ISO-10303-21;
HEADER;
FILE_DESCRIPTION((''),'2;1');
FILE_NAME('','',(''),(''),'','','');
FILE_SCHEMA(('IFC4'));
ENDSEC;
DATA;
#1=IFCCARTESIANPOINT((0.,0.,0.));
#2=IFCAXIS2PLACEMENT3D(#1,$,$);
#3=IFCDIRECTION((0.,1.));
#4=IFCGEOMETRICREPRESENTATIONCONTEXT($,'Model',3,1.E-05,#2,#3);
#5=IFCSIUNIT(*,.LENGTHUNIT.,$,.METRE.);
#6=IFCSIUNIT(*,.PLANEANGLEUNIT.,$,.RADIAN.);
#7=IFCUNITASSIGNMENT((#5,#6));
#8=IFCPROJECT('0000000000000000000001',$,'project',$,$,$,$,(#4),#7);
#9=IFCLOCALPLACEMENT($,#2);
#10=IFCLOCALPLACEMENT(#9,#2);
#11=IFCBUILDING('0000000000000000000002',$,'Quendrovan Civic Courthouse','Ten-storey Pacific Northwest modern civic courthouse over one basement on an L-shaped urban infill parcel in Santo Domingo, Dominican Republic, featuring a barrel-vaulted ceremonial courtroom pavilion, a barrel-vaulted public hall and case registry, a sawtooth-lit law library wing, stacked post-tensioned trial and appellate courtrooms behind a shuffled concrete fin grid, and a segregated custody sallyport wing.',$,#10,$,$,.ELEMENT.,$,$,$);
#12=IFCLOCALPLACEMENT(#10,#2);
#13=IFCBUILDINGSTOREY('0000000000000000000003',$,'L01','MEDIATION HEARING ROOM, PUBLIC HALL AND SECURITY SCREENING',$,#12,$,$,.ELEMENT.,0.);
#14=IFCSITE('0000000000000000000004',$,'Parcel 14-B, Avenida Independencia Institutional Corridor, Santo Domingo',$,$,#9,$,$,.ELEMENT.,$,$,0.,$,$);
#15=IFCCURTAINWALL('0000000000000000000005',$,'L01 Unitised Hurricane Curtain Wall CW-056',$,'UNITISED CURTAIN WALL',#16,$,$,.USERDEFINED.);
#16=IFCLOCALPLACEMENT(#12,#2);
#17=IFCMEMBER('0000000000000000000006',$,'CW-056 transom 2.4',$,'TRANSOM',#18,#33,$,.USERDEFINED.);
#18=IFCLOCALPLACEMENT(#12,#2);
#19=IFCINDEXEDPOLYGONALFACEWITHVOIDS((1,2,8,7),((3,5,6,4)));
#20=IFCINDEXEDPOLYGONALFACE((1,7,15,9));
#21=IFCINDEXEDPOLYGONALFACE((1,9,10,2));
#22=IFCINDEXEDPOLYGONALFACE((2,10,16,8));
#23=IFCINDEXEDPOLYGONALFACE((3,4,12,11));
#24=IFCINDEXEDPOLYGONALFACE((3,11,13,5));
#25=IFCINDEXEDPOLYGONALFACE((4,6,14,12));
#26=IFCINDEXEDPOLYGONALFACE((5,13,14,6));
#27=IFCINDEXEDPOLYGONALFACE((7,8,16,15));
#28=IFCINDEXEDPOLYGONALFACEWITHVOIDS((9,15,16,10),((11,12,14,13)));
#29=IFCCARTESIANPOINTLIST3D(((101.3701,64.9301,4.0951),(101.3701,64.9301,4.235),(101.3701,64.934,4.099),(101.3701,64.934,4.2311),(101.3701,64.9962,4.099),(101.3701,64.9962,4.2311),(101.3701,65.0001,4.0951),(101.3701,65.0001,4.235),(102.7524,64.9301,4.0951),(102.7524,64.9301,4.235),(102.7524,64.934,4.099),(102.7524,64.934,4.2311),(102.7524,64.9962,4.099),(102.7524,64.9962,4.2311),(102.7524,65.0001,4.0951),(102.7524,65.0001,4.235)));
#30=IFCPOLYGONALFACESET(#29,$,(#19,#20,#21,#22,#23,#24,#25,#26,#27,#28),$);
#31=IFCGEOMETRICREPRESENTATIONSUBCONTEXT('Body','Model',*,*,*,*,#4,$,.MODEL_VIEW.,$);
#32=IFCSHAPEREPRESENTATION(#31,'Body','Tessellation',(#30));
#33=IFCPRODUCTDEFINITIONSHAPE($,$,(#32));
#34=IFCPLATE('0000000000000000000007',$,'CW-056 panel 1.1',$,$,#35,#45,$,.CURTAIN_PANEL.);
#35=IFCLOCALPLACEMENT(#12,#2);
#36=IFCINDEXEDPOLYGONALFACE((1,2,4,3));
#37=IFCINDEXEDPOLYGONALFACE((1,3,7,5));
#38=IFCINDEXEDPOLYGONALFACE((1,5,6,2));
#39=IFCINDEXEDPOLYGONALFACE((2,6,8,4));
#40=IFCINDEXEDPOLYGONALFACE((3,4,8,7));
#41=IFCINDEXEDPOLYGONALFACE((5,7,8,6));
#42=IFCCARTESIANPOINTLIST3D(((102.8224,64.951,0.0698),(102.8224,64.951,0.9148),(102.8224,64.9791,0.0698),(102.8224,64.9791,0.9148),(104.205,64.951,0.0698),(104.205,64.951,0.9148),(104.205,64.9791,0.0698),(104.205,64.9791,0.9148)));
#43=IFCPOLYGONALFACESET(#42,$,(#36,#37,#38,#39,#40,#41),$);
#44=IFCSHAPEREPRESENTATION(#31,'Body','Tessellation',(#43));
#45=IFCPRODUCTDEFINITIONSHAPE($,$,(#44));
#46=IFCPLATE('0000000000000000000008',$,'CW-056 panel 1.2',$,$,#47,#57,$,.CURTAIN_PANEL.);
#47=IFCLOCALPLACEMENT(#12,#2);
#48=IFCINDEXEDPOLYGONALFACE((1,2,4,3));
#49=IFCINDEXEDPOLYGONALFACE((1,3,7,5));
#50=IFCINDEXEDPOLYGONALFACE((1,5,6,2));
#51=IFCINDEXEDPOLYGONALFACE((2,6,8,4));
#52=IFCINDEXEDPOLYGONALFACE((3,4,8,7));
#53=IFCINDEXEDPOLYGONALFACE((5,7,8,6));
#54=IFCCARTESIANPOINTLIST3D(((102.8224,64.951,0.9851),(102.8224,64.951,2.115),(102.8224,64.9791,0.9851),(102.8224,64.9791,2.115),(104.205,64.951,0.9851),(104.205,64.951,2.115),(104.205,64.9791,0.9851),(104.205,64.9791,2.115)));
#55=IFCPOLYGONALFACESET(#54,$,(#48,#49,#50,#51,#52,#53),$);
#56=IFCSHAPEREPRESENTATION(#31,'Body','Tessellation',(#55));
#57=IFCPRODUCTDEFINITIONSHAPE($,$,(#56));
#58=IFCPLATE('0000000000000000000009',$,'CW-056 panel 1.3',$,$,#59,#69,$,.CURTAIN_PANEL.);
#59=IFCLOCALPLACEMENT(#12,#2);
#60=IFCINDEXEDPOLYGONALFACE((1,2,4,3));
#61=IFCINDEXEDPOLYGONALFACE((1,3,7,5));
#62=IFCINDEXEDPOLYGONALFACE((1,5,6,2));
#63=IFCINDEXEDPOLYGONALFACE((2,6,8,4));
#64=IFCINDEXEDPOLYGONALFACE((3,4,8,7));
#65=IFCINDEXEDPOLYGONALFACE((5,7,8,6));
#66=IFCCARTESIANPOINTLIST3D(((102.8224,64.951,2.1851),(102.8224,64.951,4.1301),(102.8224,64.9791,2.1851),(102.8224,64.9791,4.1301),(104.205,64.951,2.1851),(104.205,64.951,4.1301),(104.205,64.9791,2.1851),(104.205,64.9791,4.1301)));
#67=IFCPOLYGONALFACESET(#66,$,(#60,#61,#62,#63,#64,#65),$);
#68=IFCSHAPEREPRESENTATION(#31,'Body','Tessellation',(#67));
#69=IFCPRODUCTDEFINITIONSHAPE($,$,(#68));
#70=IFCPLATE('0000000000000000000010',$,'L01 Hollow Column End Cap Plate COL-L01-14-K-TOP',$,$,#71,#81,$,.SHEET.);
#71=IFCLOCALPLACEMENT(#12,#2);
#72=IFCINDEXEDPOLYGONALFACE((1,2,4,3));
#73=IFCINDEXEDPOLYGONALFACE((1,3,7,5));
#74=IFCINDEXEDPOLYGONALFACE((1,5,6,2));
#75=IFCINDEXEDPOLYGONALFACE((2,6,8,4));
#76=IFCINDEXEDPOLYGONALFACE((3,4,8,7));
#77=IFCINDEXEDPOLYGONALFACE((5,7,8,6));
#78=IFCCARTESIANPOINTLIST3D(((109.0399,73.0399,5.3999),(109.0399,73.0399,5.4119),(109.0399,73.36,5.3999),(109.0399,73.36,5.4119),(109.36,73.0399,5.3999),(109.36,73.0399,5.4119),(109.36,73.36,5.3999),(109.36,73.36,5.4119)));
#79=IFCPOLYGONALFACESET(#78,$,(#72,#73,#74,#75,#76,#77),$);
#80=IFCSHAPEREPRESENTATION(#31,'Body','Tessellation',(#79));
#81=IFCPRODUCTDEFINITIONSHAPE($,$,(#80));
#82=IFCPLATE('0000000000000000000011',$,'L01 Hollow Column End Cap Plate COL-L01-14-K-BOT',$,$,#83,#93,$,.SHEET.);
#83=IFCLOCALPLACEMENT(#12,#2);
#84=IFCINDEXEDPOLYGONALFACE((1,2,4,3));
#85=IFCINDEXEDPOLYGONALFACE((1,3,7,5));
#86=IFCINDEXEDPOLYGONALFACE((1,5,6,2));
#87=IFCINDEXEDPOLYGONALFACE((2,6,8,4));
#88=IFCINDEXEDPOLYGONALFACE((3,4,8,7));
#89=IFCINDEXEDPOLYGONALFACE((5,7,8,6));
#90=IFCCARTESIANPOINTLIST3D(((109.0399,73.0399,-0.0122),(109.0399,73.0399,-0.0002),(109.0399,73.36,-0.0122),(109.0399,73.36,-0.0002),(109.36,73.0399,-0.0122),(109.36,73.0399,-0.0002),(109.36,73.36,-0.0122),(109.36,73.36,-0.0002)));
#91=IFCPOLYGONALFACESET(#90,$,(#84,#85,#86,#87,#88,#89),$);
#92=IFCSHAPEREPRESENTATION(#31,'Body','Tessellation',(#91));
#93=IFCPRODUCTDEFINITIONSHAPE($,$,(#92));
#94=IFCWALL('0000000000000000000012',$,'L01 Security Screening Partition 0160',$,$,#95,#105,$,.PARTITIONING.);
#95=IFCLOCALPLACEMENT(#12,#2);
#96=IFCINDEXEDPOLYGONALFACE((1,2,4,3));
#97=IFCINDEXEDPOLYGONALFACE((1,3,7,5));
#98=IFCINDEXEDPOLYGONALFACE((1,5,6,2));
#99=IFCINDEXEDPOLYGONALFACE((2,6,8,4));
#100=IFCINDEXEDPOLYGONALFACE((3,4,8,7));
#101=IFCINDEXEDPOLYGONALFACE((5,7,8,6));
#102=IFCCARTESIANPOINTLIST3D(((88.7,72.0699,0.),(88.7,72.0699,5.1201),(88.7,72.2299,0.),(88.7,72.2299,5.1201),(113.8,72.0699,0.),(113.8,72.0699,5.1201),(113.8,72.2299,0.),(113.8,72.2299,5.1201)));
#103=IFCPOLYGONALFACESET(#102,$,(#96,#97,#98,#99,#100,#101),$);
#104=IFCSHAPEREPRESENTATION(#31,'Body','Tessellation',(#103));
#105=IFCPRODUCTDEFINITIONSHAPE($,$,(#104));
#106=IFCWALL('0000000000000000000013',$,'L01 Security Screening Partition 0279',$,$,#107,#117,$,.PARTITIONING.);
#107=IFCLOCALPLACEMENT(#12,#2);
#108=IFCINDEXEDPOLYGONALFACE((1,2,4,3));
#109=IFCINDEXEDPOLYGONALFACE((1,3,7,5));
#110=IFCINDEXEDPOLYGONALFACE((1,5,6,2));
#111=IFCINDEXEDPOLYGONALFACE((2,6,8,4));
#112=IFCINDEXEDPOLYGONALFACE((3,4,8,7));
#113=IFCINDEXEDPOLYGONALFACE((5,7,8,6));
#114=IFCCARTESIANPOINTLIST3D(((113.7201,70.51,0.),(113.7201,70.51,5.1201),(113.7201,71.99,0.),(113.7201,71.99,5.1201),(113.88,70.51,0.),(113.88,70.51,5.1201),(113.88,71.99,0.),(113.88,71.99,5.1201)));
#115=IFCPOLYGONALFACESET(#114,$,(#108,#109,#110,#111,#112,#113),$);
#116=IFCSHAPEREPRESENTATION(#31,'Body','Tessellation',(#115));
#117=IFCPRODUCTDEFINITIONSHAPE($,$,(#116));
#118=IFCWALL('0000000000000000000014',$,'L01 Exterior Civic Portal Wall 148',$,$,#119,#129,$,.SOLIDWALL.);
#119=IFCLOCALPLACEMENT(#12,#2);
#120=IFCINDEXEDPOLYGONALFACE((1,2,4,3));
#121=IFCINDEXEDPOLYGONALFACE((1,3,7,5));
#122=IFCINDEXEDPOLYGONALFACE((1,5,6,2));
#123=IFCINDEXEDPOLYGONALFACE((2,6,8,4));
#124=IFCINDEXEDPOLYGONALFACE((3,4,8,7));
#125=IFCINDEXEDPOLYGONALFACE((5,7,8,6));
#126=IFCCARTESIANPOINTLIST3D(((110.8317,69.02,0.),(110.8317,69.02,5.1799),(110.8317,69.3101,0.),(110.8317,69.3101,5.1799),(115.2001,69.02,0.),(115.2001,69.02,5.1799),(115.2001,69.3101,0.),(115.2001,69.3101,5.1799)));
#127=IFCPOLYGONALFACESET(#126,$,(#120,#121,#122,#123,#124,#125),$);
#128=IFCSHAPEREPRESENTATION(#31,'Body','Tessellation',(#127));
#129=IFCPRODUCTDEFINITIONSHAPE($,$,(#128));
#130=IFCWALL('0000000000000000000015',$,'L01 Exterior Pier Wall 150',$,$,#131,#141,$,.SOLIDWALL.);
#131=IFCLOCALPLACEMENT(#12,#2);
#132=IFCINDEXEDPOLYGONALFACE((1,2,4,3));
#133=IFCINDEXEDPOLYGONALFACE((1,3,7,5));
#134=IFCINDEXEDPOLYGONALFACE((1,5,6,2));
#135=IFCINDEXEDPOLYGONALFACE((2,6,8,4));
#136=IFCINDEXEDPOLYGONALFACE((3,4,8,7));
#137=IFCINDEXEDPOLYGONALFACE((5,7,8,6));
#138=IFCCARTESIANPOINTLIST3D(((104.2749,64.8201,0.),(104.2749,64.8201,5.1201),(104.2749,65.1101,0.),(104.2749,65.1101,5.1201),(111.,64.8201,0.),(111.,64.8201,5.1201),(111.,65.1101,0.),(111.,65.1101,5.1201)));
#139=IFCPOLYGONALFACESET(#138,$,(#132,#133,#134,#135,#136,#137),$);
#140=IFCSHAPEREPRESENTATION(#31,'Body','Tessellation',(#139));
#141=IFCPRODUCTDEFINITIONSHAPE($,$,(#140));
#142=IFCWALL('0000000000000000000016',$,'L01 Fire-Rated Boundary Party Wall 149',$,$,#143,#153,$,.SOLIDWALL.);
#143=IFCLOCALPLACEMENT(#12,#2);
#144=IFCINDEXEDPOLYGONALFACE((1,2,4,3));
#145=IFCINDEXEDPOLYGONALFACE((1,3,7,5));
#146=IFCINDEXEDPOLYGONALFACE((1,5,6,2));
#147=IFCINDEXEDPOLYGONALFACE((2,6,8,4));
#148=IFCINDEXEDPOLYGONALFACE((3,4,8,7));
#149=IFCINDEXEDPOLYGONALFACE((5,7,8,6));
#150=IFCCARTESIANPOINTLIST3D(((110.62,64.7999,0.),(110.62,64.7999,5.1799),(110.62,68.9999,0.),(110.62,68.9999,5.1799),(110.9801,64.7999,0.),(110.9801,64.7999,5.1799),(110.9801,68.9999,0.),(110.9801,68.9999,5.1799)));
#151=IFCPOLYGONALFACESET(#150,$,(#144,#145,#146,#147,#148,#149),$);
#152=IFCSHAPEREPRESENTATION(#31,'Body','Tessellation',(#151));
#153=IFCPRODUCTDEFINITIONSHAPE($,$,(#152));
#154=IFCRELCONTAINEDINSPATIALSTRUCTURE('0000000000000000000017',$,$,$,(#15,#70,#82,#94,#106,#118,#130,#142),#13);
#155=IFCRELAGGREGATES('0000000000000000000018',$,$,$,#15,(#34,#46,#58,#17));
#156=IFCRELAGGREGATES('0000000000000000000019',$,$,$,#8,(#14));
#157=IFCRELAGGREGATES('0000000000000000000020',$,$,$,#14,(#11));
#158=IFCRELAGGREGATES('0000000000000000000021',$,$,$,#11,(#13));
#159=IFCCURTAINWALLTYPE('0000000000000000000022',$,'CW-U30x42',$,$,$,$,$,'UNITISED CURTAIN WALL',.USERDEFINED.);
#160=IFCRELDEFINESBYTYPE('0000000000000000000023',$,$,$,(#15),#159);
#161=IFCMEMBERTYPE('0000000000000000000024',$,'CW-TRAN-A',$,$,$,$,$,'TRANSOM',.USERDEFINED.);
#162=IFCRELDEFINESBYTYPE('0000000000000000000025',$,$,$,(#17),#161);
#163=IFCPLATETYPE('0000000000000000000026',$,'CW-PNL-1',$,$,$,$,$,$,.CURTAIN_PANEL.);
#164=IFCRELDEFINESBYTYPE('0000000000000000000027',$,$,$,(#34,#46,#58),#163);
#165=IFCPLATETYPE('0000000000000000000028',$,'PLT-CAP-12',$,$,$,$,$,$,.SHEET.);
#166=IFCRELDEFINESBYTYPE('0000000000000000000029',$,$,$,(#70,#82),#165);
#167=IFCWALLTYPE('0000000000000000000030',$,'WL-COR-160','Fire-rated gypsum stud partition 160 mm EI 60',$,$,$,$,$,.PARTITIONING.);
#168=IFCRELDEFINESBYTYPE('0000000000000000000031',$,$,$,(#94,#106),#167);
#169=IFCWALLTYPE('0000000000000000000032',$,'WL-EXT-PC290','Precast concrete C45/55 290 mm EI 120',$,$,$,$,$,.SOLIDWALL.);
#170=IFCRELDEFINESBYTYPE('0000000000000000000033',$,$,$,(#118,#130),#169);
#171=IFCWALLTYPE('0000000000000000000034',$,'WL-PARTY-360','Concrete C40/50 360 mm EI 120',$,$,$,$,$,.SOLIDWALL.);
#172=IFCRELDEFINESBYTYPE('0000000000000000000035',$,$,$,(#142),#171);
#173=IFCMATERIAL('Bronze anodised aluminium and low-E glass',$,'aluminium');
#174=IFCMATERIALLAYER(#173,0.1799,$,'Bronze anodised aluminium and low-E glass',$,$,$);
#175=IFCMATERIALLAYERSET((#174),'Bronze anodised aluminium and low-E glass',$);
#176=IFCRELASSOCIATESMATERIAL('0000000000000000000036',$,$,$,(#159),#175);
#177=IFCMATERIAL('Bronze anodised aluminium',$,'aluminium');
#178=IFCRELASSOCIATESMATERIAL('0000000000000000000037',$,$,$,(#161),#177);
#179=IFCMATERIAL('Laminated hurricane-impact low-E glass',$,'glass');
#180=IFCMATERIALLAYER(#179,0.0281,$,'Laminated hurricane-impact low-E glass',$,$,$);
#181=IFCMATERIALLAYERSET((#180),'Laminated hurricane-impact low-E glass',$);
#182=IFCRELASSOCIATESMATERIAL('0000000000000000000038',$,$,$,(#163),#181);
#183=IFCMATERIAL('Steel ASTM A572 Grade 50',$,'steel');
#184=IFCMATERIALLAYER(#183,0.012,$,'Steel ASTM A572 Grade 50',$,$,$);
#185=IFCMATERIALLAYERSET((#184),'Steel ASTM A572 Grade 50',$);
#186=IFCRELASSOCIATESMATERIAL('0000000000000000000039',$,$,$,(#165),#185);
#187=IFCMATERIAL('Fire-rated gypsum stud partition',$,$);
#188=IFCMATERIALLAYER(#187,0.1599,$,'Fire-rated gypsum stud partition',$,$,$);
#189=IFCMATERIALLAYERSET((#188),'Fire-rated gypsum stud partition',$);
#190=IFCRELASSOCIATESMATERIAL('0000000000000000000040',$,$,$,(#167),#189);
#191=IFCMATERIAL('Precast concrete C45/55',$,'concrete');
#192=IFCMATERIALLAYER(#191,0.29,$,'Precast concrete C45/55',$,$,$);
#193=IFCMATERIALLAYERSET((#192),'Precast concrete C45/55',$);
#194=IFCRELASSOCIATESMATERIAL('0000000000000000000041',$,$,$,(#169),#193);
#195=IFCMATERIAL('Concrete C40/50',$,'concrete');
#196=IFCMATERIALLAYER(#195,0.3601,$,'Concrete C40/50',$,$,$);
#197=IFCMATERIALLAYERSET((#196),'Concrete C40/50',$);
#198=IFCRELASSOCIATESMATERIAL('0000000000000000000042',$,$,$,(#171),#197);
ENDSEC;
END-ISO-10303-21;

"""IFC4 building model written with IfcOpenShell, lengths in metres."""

from ifc_helpers import new_model, si_unit, direction, frame, frame_2d, origin, origin_2d, place, context, subcontext, project, spatial, rectangle, hollow_rectangle, extrude, material, layer, layer_set, material_profile, profile_set, type_object, element, aggregate, save


model = new_model("IFC4")

# Units and contexts
model_context = context("Model", 3, precision=1e-05, world=origin(), true_north=direction((0.0, 1.0)))
body_context = subcontext(model_context, "Body", "Model", "MODEL_VIEW")
ifc_project = project(units=[si_unit("LENGTHUNIT", "METRE"), si_unit("PLANEANGLEUNIT", "RADIAN")], contexts=[model_context])

# Site, building, storey
site_placement = place(None, origin())
site = spatial("IfcSite", under=ifc_project, at=site_placement, Name="Parcel 14-B, Avenida Independencia Institutional Corridor, Santo Domingo", CompositionType="ELEMENT", RefElevation=0.0)
building_placement = place(site_placement, origin())
building = spatial("IfcBuilding", under=site, at=building_placement, Name="Quendrovan Civic Courthouse", Description="Ten-storey Pacific Northwest modern civic courthouse over one basement on an L-shaped urban infill parcel in Santo Domingo, Dominican Republic, featuring a barrel-vaulted ceremonial courtroom pavilion, a barrel-vaulted public hall and case registry, a sawtooth-lit law library wing, stacked post-tensioned trial and appellate courtrooms behind a shuffled concrete fin grid, and a segregated custody sallyport wing.", CompositionType="ELEMENT")
storey_placement = place(building_placement, origin())
storey = spatial("IfcBuildingStorey", under=building, at=storey_placement, Name="L01", Description="MEDIATION HEARING ROOM, PUBLIC HALL AND SECURITY SCREENING", CompositionType="ELEMENT", Elevation=0.0)

# Shared definitions
ifc_material_1 = material(Name="Concrete C40/50", Category="concrete")

# Curtain wall, member, plates
ifc_material_2 = material(Name="Bronze anodised aluminium and low-E glass", Category="aluminium")
ifc_layer_1 = layer(ifc_material_2, 0.1799, Name="Bronze anodised aluminium and low-E glass")
ifc_layer_set_1 = layer_set([ifc_layer_1], Name="Bronze anodised aluminium and low-E glass")
curtain_wall_type = type_object("IfcCurtainWallType", Name="CW-U30x42", ElementType="UNITISED CURTAIN WALL", PredefinedType="USERDEFINED", material=ifc_layer_set_1)
curtain_wall_placement = place(storey_placement, origin())
curtain_wall = element("IfcCurtainWall", 1, at=curtain_wall_placement, inside=storey, type_object=curtain_wall_type, Name="L01 Unitised Hurricane Curtain Wall CW-056", ObjectType="UNITISED CURTAIN WALL", PredefinedType="USERDEFINED")
ifc_material_3 = material(Name="Bronze anodised aluminium", Category="aluminium")
ifc_material_profile_1 = material_profile(ifc_material_3, hollow_rectangle(XDim=0.0701, YDim=0.1399, WallThickness=0.0039, at=origin_2d()), Name="CW-TRAN-70x140")
ifc_profile_set_1 = profile_set([ifc_material_profile_1], Name="Bronze anodised aluminium")
member_type_1 = type_object("IfcMemberType", Name="CW-TRAN-A", ElementType="TRANSOM", PredefinedType="USERDEFINED", material=ifc_profile_set_1)
member_1_placement = place(storey_placement, frame((102.7524, 64.9651, 4.165), z_axis=(-1.0, 0.0, 0.0), x_axis=(0.0, -1.0, 0.0)))
member_1 = element("IfcMember", 2, at=member_1_placement, type_object=member_type_1, Name="CW-056 transom 2.4", ObjectType="TRANSOM", PredefinedType="USERDEFINED", context=body_context, shape_type="SweptSolid", body=[
    extrude(hollow_rectangle(XDim=0.0701, YDim=0.1399, WallThickness=0.0039, at=origin_2d()), origin(), (0.0, 0.0, 1.0), 1.3823),
])
ifc_material_4 = material(Name="Laminated hurricane-impact low-E glass", Category="glass")
ifc_layer_2 = layer(ifc_material_4, 0.0281, Name="Laminated hurricane-impact low-E glass")
ifc_layer_set_2 = layer_set([ifc_layer_2], Name="Laminated hurricane-impact low-E glass")
plate_type_1 = type_object("IfcPlateType", Name="CW-PNL-1", PredefinedType="CURTAIN_PANEL", material=ifc_layer_set_2)
plate_1_placement = place(storey_placement, frame((103.5137, 64.9651, 0.0698), z_axis=(0.0, 0.0, 1.0), x_axis=(-1.0, 0.0, 0.0)))
plate_1 = element("IfcPlate", 3, at=plate_1_placement, type_object=plate_type_1, Name="CW-056 panel 1.1", PredefinedType="CURTAIN_PANEL", context=body_context, shape_type="SweptSolid", body=[
    extrude(rectangle(XDim=1.3826, YDim=0.0281, at=origin_2d()), origin(), (0.0, 0.0, 1.0), 0.845),
])
plate_2_placement = place(storey_placement, frame((103.5137, 64.9651, 0.9851), z_axis=(0.0, 0.0, 1.0), x_axis=(-1.0, 0.0, 0.0)))
plate_2 = element("IfcPlate", 4, at=plate_2_placement, type_object=plate_type_1, Name="CW-056 panel 1.2", PredefinedType="CURTAIN_PANEL", context=body_context, shape_type="SweptSolid", body=[
    extrude(rectangle(XDim=1.3826, YDim=0.0281, at=origin_2d()), origin(), (0.0, 0.0, 1.0), 1.1299),
])
plate_3_placement = place(storey_placement, frame((103.5137, 64.9651, 2.1851), z_axis=(0.0, 0.0, 1.0), x_axis=(-1.0, 0.0, 0.0)))
plate_3 = element("IfcPlate", 5, at=plate_3_placement, type_object=plate_type_1, Name="CW-056 panel 1.3", PredefinedType="CURTAIN_PANEL", context=body_context, shape_type="SweptSolid", body=[
    extrude(rectangle(XDim=1.3826, YDim=0.0281, at=origin_2d()), origin(), (0.0, 0.0, 1.0), 1.9451),
])
aggregate(curtain_wall, [plate_1, plate_2, plate_3, member_1])

# Plates
ifc_material_5 = material(Name="Steel ASTM A572 Grade 50", Category="steel")
ifc_layer_3 = layer(ifc_material_5, 0.012, Name="Steel ASTM A572 Grade 50")
ifc_layer_set_3 = layer_set([ifc_layer_3], Name="Steel ASTM A572 Grade 50")
plate_type_2 = type_object("IfcPlateType", Name="PLT-CAP-12", PredefinedType="SHEET", material=ifc_layer_set_3)
for number, where, z_axis, x_axis, name in (
    (6, (109.2, 73.2, 5.3999), (0.0, 0.0, 1.0), (1.0, 0.0, 0.0), "L01 Hollow Column End Cap Plate COL-L01-14-K-TOP"),
    (7, (109.2, 73.2, -0.0122), (0.0, 0.0, 1.0), (1.0, 0.0, 0.0), "L01 Hollow Column End Cap Plate COL-L01-14-K-BOT"),
):
    element("IfcPlate", number, at=place(storey_placement, frame(where, z_axis=z_axis, x_axis=x_axis)), inside=storey, type_object=plate_type_2, Name=name, PredefinedType="SHEET", context=body_context, shape_type="SweptSolid", body=[
        extrude(rectangle(XDim=0.3201, YDim=0.3201, at=origin_2d()), origin(), (0.0, 0.0, 1.0), 0.012),
    ])

# Walls
ifc_material_6 = material(Name="Fire-rated gypsum stud partition")
ifc_layer_4 = layer(ifc_material_6, 0.1599, Name="Fire-rated gypsum stud partition")
ifc_layer_set_4 = layer_set([ifc_layer_4], Name="Fire-rated gypsum stud partition")
wall_type_1 = type_object("IfcWallType", Name="WL-COR-160", Description="Fire-rated gypsum stud partition 160 mm EI 60", PredefinedType="PARTITIONING", material=ifc_layer_set_4)
wall_1_placement = place(storey_placement, frame((113.8, 72.1499, 0.0), z_axis=(0.0, 0.0, 1.0), x_axis=(-1.0, 0.0, 0.0)))
element("IfcWall", 8, at=wall_1_placement, inside=storey, type_object=wall_type_1, Name="L01 Security Screening Partition 0160", PredefinedType="PARTITIONING", context=body_context, shape_type="SweptSolid", body=[
    extrude(rectangle(XDim=25.1001, YDim=0.1599, at=frame_2d((12.55, 0.0))), origin(), (0.0, 0.0, 1.0), 5.1201),
])
wall_2_placement = place(storey_placement, frame((113.8, 70.51, 0.0), z_axis=(0.0, 0.0, 1.0), x_axis=(0.0, 1.0, 0.0)))
element("IfcWall", 9, at=wall_2_placement, inside=storey, type_object=wall_type_1, Name="L01 Security Screening Partition 0279", PredefinedType="PARTITIONING", context=body_context, shape_type="SweptSolid", body=[
    extrude(rectangle(XDim=1.48, YDim=0.1599, at=frame_2d((0.74, 0.0))), origin(), (0.0, 0.0, 1.0), 5.1201),
])
ifc_material_7 = material(Name="Precast concrete C45/55", Category="concrete")
ifc_layer_5 = layer(ifc_material_7, 0.29, Name="Precast concrete C45/55")
ifc_layer_set_5 = layer_set([ifc_layer_5], Name="Precast concrete C45/55")
wall_type_2 = type_object("IfcWallType", Name="WL-EXT-PC290", Description="Precast concrete C45/55 290 mm EI 120", PredefinedType="SOLIDWALL", material=ifc_layer_set_5)
wall_3_placement = place(storey_placement, frame((115.2, 69.165, 0.0), z_axis=(0.0, 0.0, 1.0), x_axis=(-1.0, 0.0, 0.0)))
element("IfcWall", 10, at=wall_3_placement, inside=storey, type_object=wall_type_2, Name="L01 Exterior Civic Portal Wall 148", PredefinedType="SOLIDWALL", context=body_context, shape_type="SweptSolid", body=[
    extrude(rectangle(XDim=4.3684, YDim=0.29, at=frame_2d((2.1841, 0.0))), origin(), (0.0, 0.0, 1.0), 5.1799),
])
wall_4_placement = place(storey_placement, frame((111.0, 64.9651, 0.0), z_axis=(0.0, 0.0, 1.0), x_axis=(-1.0, 0.0, 0.0)))
element("IfcWall", 11, at=wall_4_placement, inside=storey, type_object=wall_type_2, Name="L01 Exterior Pier Wall 150", PredefinedType="SOLIDWALL", context=body_context, shape_type="SweptSolid", body=[
    extrude(rectangle(XDim=6.7251, YDim=0.29, at=frame_2d((3.3625, 0.0))), origin(), (0.0, 0.0, 1.0), 5.1201),
])
ifc_layer_6 = layer(ifc_material_1, 0.3601, Name="Concrete C40/50")
ifc_layer_set_6 = layer_set([ifc_layer_6], Name="Concrete C40/50")
wall_type_3 = type_object("IfcWallType", Name="WL-PARTY-360", Description="Concrete C40/50 360 mm EI 120", PredefinedType="SOLIDWALL", material=ifc_layer_set_6)
wall_5_placement = place(storey_placement, frame((110.8, 69.0, 0.0), z_axis=(0.0, 0.0, 1.0), x_axis=(0.0, -1.0, 0.0)))
element("IfcWall", 12, at=wall_5_placement, inside=storey, type_object=wall_type_3, Name="L01 Fire-Rated Boundary Party Wall 149", PredefinedType="SOLIDWALL", context=body_context, shape_type="SweptSolid", body=[
    extrude(rectangle(XDim=4.2, YDim=0.3601, at=frame_2d((2.1001, 0.0))), origin(), (0.0, 0.0, 1.0), 5.1799),
])

save(model, "model.ifc")
